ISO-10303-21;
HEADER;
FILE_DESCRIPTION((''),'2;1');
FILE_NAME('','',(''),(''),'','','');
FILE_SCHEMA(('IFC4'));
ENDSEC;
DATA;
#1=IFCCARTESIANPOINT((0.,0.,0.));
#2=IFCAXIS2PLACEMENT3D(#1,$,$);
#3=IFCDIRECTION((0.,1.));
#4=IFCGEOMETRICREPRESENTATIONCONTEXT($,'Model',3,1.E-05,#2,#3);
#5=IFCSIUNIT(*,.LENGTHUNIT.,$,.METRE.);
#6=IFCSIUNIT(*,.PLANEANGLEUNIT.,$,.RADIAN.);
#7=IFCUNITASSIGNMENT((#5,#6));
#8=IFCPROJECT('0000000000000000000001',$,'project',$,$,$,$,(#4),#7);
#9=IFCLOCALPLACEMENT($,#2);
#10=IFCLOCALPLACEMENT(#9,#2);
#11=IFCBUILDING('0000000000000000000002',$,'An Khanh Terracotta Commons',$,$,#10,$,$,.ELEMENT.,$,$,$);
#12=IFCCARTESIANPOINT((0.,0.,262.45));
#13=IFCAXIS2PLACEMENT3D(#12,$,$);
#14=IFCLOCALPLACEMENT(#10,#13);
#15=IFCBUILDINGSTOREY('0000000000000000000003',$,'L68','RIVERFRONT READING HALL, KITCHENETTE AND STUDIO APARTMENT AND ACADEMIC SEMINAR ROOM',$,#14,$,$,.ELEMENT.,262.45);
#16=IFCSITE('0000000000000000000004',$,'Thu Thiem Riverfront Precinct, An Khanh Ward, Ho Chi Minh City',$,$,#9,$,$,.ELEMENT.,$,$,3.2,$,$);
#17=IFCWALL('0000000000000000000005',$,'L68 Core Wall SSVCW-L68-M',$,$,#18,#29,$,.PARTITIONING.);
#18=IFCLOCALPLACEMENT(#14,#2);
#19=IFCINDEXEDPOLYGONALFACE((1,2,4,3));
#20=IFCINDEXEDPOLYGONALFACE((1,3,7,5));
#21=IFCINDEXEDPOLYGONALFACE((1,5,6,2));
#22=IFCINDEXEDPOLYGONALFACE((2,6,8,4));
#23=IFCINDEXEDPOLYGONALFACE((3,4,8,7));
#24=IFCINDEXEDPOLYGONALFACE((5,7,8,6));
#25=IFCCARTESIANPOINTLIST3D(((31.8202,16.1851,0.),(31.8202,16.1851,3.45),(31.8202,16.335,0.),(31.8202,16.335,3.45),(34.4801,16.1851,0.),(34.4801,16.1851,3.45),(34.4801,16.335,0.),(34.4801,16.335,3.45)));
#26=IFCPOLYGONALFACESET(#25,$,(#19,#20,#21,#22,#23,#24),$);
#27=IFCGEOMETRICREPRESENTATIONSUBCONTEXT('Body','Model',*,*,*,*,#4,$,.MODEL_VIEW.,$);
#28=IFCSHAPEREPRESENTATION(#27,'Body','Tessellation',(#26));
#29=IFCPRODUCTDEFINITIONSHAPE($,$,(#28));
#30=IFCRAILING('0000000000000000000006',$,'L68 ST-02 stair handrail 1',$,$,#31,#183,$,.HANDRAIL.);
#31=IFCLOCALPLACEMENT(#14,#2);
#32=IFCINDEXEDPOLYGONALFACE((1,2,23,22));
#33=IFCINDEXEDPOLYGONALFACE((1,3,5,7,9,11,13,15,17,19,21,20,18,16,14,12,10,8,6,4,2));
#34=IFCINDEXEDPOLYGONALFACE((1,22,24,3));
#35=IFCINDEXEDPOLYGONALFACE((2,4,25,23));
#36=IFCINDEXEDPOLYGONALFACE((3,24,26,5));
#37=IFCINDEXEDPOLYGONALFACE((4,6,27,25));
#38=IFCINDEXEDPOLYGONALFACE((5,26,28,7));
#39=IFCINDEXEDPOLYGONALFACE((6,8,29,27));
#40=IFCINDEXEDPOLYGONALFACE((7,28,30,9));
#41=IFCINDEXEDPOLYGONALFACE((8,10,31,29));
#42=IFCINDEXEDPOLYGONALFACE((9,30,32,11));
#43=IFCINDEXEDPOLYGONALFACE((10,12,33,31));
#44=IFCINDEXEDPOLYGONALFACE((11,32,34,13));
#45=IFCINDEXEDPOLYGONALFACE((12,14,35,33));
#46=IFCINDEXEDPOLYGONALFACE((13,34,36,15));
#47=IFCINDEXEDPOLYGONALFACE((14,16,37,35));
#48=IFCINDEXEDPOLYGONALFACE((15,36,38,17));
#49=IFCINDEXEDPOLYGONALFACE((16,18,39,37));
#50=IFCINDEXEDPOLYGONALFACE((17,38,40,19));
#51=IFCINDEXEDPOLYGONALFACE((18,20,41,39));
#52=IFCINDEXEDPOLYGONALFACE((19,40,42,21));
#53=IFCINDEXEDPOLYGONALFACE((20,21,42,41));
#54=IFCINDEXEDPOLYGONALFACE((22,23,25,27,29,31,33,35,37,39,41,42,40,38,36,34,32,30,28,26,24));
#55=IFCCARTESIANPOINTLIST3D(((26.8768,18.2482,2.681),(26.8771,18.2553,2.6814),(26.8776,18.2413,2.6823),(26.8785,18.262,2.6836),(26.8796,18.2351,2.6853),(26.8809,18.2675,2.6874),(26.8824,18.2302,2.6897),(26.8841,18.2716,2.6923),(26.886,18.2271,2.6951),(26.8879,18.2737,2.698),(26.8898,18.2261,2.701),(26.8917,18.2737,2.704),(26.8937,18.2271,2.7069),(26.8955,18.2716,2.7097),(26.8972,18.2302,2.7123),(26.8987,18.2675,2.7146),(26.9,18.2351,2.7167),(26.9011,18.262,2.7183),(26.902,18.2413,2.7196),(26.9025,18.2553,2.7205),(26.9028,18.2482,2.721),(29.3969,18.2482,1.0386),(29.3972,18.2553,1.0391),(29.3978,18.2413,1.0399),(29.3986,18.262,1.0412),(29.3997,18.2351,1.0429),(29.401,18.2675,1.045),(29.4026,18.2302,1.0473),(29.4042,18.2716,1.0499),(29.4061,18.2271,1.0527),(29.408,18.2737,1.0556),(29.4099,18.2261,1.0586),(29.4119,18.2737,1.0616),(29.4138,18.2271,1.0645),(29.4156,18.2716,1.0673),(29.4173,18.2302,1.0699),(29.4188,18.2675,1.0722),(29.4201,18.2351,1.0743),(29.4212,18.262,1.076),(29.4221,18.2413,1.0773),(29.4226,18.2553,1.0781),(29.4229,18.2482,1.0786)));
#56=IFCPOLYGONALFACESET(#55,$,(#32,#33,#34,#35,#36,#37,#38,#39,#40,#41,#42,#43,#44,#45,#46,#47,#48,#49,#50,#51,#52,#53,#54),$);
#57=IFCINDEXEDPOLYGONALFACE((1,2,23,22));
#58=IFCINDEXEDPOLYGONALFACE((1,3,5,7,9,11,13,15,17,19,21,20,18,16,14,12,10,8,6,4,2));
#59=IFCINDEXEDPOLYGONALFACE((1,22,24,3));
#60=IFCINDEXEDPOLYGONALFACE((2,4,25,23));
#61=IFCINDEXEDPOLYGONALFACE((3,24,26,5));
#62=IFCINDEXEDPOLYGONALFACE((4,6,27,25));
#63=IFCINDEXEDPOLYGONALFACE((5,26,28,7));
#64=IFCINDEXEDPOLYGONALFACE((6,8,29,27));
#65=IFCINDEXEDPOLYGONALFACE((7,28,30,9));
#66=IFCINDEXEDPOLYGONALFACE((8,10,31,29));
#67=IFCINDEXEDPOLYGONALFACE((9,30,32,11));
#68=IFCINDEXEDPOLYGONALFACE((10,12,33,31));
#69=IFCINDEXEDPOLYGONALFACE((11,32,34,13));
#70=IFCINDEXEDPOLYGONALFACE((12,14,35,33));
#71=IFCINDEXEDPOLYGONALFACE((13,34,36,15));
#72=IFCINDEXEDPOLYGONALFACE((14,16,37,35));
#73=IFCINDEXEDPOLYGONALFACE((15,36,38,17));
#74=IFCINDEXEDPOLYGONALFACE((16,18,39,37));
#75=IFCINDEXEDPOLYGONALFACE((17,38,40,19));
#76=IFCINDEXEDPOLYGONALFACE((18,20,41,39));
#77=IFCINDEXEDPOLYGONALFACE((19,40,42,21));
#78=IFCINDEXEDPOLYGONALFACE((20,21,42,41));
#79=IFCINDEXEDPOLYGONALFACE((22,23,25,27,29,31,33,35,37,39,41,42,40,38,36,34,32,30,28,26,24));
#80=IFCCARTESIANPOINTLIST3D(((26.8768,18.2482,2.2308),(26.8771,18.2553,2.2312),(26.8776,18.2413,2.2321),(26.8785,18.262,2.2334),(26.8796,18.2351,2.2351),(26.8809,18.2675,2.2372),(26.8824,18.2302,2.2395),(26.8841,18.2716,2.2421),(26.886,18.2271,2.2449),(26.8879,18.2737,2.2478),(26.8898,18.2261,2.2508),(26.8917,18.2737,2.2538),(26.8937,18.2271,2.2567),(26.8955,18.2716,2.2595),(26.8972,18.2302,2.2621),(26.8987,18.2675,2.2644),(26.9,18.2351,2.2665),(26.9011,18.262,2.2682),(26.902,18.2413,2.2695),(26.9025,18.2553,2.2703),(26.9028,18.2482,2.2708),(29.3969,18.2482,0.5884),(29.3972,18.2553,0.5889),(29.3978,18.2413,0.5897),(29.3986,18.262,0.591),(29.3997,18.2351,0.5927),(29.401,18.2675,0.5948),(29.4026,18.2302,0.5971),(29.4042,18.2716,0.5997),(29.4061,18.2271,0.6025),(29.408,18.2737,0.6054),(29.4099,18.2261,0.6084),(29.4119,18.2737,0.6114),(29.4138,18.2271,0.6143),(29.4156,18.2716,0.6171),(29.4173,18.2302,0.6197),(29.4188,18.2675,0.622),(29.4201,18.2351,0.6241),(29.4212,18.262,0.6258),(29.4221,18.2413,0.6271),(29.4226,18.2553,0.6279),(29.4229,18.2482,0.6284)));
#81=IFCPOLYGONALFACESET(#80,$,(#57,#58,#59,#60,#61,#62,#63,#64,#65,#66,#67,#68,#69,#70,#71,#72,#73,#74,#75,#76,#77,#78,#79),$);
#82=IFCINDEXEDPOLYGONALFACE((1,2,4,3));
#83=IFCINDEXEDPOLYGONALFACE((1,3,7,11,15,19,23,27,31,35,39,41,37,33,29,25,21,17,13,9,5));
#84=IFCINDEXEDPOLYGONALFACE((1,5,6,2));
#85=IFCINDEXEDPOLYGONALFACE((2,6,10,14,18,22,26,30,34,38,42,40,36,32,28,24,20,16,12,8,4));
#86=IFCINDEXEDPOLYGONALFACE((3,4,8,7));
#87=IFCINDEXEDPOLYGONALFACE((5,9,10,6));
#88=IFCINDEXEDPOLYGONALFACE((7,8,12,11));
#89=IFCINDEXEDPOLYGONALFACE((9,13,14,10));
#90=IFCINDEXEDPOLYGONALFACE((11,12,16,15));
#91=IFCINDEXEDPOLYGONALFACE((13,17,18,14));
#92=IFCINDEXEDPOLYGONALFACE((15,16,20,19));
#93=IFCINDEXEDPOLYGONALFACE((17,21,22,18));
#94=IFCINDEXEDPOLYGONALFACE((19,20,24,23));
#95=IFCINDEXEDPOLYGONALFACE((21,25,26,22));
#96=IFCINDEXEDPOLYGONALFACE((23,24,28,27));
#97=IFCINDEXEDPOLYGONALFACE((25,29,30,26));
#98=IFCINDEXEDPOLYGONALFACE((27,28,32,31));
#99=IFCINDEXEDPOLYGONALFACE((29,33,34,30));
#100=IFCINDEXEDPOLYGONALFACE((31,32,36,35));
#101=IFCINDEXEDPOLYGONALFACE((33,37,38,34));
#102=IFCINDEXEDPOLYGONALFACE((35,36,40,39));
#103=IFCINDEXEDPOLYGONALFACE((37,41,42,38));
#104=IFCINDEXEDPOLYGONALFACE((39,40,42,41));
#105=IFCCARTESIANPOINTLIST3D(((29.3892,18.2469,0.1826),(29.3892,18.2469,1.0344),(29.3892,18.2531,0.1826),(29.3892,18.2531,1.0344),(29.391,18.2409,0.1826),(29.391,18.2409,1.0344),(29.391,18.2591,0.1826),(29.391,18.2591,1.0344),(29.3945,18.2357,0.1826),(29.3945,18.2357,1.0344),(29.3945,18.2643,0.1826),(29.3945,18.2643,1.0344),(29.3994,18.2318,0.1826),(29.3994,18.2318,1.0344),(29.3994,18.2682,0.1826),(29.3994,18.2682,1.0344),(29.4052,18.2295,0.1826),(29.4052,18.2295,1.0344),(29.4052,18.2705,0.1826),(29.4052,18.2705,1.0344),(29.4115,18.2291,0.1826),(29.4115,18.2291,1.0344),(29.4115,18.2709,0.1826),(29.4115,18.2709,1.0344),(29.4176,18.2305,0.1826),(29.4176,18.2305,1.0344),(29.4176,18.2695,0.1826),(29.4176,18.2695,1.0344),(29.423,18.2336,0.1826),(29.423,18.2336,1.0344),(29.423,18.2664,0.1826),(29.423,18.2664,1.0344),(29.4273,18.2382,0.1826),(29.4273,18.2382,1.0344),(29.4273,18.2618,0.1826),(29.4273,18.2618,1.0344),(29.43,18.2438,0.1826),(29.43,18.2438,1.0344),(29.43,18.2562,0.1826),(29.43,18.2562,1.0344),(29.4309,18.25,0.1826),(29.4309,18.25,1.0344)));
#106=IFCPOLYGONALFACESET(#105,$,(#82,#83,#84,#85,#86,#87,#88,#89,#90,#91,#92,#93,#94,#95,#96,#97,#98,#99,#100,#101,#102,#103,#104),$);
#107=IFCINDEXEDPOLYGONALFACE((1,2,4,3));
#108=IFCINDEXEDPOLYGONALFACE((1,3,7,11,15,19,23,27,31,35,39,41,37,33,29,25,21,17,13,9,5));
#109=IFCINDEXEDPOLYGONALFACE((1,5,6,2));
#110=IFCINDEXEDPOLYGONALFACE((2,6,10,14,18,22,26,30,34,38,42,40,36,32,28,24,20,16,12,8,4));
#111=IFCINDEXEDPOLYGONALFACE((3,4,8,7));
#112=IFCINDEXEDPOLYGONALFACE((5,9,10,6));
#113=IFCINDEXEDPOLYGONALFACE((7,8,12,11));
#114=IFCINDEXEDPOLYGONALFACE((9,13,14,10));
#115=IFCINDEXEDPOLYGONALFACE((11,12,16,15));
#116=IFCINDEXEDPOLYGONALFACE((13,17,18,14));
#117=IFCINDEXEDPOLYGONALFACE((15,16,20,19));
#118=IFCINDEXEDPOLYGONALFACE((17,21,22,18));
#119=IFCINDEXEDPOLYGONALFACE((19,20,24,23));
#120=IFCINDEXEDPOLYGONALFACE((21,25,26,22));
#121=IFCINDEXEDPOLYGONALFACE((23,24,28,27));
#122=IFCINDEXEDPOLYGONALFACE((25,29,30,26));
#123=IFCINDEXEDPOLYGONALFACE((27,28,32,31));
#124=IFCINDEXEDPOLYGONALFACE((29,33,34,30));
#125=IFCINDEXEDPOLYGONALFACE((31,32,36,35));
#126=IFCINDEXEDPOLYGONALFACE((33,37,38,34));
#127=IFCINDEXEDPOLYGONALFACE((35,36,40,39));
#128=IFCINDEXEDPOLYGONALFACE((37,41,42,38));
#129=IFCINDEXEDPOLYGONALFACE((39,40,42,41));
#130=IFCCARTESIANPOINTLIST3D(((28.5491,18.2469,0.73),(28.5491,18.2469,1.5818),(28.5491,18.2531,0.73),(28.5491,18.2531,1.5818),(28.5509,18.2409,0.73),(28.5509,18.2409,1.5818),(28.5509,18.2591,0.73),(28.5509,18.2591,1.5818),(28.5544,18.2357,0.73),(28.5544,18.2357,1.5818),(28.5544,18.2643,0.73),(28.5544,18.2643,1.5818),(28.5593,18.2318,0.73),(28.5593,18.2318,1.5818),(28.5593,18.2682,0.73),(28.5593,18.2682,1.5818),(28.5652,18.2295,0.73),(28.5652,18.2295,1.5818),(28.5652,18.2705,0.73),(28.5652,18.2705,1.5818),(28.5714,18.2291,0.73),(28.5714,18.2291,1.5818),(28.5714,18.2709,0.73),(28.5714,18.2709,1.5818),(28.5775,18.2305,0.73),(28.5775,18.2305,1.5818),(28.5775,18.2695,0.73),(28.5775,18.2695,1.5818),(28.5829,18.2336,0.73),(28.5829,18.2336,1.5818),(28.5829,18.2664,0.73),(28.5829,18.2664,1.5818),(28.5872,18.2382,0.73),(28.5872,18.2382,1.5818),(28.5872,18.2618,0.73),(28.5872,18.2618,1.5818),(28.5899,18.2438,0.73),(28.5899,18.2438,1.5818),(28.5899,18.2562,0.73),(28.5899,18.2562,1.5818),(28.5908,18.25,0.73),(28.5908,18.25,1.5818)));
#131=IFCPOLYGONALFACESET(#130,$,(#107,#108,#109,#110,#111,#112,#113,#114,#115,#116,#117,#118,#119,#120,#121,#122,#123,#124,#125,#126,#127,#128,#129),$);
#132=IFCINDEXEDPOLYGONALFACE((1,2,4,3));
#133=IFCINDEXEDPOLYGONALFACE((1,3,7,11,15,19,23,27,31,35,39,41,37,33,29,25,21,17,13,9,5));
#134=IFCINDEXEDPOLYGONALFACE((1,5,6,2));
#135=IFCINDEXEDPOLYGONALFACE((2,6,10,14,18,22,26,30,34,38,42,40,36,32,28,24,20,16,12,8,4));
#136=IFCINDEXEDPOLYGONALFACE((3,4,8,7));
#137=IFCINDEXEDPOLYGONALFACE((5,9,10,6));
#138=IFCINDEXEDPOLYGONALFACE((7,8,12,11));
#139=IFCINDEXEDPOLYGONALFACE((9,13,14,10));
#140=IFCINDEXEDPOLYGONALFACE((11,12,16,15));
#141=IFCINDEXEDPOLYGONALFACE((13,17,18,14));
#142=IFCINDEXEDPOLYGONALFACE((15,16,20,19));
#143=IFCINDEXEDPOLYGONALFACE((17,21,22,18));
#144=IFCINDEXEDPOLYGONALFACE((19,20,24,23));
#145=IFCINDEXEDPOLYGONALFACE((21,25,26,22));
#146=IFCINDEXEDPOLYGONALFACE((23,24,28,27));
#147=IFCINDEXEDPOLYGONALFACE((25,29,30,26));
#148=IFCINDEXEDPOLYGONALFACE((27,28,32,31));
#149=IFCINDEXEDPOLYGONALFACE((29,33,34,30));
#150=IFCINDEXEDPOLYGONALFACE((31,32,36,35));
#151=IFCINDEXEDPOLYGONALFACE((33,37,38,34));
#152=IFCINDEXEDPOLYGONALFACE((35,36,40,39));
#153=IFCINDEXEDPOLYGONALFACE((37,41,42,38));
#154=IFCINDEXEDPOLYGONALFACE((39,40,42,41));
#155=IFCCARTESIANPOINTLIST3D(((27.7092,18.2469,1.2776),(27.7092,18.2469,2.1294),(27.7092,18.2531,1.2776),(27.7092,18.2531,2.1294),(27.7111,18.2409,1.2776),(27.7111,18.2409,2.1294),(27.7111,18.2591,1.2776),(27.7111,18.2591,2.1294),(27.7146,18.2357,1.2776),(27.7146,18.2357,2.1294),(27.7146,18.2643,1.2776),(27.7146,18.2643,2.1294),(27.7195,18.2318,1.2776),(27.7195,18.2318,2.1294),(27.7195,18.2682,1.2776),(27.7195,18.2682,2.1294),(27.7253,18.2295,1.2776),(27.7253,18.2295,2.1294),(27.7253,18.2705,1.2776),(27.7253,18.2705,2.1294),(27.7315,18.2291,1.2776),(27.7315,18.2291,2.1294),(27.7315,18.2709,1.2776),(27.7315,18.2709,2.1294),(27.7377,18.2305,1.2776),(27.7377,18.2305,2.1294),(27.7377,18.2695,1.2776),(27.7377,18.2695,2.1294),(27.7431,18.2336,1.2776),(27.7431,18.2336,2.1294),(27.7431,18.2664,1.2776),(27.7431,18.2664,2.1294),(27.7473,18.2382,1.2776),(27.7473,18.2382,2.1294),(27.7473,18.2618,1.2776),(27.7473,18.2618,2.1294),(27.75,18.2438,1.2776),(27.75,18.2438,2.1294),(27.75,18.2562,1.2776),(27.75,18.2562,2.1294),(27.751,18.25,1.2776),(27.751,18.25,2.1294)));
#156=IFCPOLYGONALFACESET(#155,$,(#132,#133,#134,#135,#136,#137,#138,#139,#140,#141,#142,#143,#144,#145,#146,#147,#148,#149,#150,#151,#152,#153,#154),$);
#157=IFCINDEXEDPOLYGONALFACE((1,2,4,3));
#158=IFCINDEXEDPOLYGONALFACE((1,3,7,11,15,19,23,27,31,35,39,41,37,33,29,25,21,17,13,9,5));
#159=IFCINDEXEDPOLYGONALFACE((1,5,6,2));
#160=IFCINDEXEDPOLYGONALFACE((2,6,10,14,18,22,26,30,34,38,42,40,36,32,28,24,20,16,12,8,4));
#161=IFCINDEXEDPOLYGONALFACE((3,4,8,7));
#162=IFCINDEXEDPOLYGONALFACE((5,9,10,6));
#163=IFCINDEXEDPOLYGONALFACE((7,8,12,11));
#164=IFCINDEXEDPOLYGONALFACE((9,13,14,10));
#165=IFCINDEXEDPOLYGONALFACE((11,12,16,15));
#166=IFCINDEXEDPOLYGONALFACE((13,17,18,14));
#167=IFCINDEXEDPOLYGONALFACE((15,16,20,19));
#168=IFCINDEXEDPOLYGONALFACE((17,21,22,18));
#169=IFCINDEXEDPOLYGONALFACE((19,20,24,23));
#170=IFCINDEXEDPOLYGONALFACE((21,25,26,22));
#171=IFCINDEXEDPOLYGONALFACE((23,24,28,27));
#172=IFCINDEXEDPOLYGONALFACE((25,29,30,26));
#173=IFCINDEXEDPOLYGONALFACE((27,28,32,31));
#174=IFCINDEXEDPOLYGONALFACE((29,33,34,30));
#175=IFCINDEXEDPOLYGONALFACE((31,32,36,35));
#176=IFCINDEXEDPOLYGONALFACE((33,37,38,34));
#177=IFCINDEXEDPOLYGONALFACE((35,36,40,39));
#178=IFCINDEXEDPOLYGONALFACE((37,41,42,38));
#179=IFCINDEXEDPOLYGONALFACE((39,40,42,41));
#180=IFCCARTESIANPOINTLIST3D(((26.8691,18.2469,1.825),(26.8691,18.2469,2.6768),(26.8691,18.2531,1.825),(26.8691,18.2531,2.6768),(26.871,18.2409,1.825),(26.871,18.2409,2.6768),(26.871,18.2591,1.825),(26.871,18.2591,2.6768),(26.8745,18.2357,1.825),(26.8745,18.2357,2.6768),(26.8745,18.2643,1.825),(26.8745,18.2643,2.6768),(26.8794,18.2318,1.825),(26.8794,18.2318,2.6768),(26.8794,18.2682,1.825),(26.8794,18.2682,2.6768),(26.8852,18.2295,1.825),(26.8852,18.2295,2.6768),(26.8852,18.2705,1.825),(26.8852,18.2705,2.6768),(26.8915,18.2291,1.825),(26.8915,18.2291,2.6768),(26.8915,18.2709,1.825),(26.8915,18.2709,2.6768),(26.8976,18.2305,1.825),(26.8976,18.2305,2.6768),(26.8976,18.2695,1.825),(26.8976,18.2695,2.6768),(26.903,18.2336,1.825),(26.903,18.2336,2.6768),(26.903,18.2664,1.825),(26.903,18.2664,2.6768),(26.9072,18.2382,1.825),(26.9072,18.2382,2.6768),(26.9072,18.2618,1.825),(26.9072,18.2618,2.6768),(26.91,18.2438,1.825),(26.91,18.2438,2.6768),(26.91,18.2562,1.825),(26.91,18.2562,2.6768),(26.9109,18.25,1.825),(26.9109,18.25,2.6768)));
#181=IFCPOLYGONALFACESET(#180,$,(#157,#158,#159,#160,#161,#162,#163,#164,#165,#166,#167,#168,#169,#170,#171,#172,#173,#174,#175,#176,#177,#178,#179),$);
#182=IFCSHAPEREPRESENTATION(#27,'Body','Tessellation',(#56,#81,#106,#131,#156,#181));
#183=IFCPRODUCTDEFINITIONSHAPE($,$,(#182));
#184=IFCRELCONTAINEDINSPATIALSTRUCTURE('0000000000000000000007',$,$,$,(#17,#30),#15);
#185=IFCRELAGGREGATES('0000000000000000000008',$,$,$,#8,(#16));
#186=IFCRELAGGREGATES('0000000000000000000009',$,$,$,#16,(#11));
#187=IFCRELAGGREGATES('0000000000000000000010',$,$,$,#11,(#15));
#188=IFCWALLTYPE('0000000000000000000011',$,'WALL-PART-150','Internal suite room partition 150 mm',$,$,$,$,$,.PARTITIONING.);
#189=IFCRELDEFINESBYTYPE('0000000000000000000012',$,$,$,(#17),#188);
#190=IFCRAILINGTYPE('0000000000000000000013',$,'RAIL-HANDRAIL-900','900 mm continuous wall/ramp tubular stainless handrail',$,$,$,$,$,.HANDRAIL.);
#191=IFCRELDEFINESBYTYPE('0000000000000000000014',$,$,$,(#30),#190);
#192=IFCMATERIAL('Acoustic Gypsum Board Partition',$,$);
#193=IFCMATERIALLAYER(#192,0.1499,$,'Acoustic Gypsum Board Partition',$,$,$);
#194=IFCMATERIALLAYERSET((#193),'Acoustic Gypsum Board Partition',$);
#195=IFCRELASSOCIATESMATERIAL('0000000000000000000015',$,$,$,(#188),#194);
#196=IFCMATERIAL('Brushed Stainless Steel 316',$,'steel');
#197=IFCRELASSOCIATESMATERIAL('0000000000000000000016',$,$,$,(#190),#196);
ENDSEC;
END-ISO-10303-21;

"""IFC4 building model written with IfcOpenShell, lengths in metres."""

from ifc_helpers import new_model, si_unit, direction, frame, frame_2d, origin, origin_2d, place, context, subcontext, project, spatial, rectangle, circle, extrude, material, layer, layer_set, type_object, element, save


model = new_model("IFC4")

# Units and contexts
model_context = context("Model", 3, precision=1e-05, world=origin(), true_north=direction((0.0, 1.0)))
body_context = subcontext(model_context, "Body", "Model", "MODEL_VIEW")
ifc_project = project(units=[si_unit("LENGTHUNIT", "METRE"), si_unit("PLANEANGLEUNIT", "RADIAN")], contexts=[model_context])

# Site, building, storey
site_placement = place(None, origin())
site = spatial("IfcSite", under=ifc_project, at=site_placement, Name="Thu Thiem Riverfront Precinct, An Khanh Ward, Ho Chi Minh City", CompositionType="ELEMENT", RefElevation=3.2)
building_placement = place(site_placement, origin())
building = spatial("IfcBuilding", under=site, at=building_placement, Name="An Khanh Terracotta Commons", CompositionType="ELEMENT")
storey_placement = place(building_placement, frame((0.0, 0.0, 262.45)))
storey = spatial("IfcBuildingStorey", under=building, at=storey_placement, Name="L68", Description="RIVERFRONT READING HALL, KITCHENETTE AND STUDIO APARTMENT AND ACADEMIC SEMINAR ROOM", CompositionType="ELEMENT", Elevation=262.45)

# Wall
ifc_material_1 = material(Name="Acoustic Gypsum Board Partition")
ifc_layer_1 = layer(ifc_material_1, 0.1499, Name="Acoustic Gypsum Board Partition")
ifc_layer_set_1 = layer_set([ifc_layer_1], Name="Acoustic Gypsum Board Partition")
wall_type_1 = type_object("IfcWallType", Name="WALL-PART-150", Description="Internal suite room partition 150 mm", PredefinedType="PARTITIONING", material=ifc_layer_set_1)
wall_1_placement = place(storey_placement, frame((31.8201, 16.26, 0.0), z_axis=(0.0, 0.0, 1.0), x_axis=(1.0, 0.0, 0.0)))
element("IfcWall", 1, at=wall_1_placement, inside=storey, type_object=wall_type_1, Name="L68 Core Wall SSVCW-L68-M", PredefinedType="PARTITIONING", context=body_context, shape_type="SweptSolid", body=[
    extrude(rectangle(XDim=2.6599, YDim=0.1499, at=frame_2d((1.3301, 0.0))), origin(), (0.0, 0.0, 1.0), 3.45),
])

# Railing
ifc_material_2 = material(Name="Brushed Stainless Steel 316", Category="steel")
railing_type_1 = type_object("IfcRailingType", Name="RAIL-HANDRAIL-900", Description="900 mm continuous wall/ramp tubular stainless handrail", PredefinedType="HANDRAIL", material=ifc_material_2)
railing_1_placement = place(storey_placement, frame((29.4099, 18.25, 0.1826)))
element("IfcRailing", 2, at=railing_1_placement, inside=storey, type_object=railing_type_1, Name="L68 ST-02 stair handrail 1", PredefinedType="HANDRAIL", context=body_context, shape_type="SweptSolid", body=[
    extrude(circle(Radius=0.0239, at=origin_2d()), frame((0.0, 0.0, 0.876), z_axis=(-0.837787, 0.0, 0.545998), x_axis=(0.0, -1.0, 0.0)), (0.0, 0.0, 1.0), 3.0081),
    extrude(circle(Radius=0.0239, at=origin_2d()), frame((0.0, 0.0, 0.4258), z_axis=(-0.837787, 0.0, 0.545998), x_axis=(0.0, -1.0, 0.0)), (0.0, 0.0, 1.0), 3.0081),
    extrude(circle(Radius=0.021, at=origin_2d()), origin(), (0.0, 0.0, 1.0), 0.8518),
    extrude(circle(Radius=0.021, at=origin_2d()), frame((-0.8401, 0.0, 0.5474)), (0.0, 0.0, 1.0), 0.8518),
    extrude(circle(Radius=0.021, at=origin_2d()), frame((-1.6799, 0.0, 1.095)), (0.0, 0.0, 1.0), 0.8518),
    extrude(circle(Radius=0.021, at=origin_2d()), frame((-2.52, 0.0, 1.6423)), (0.0, 0.0, 1.0), 0.8518),
])

save(model, "model.ifc")
